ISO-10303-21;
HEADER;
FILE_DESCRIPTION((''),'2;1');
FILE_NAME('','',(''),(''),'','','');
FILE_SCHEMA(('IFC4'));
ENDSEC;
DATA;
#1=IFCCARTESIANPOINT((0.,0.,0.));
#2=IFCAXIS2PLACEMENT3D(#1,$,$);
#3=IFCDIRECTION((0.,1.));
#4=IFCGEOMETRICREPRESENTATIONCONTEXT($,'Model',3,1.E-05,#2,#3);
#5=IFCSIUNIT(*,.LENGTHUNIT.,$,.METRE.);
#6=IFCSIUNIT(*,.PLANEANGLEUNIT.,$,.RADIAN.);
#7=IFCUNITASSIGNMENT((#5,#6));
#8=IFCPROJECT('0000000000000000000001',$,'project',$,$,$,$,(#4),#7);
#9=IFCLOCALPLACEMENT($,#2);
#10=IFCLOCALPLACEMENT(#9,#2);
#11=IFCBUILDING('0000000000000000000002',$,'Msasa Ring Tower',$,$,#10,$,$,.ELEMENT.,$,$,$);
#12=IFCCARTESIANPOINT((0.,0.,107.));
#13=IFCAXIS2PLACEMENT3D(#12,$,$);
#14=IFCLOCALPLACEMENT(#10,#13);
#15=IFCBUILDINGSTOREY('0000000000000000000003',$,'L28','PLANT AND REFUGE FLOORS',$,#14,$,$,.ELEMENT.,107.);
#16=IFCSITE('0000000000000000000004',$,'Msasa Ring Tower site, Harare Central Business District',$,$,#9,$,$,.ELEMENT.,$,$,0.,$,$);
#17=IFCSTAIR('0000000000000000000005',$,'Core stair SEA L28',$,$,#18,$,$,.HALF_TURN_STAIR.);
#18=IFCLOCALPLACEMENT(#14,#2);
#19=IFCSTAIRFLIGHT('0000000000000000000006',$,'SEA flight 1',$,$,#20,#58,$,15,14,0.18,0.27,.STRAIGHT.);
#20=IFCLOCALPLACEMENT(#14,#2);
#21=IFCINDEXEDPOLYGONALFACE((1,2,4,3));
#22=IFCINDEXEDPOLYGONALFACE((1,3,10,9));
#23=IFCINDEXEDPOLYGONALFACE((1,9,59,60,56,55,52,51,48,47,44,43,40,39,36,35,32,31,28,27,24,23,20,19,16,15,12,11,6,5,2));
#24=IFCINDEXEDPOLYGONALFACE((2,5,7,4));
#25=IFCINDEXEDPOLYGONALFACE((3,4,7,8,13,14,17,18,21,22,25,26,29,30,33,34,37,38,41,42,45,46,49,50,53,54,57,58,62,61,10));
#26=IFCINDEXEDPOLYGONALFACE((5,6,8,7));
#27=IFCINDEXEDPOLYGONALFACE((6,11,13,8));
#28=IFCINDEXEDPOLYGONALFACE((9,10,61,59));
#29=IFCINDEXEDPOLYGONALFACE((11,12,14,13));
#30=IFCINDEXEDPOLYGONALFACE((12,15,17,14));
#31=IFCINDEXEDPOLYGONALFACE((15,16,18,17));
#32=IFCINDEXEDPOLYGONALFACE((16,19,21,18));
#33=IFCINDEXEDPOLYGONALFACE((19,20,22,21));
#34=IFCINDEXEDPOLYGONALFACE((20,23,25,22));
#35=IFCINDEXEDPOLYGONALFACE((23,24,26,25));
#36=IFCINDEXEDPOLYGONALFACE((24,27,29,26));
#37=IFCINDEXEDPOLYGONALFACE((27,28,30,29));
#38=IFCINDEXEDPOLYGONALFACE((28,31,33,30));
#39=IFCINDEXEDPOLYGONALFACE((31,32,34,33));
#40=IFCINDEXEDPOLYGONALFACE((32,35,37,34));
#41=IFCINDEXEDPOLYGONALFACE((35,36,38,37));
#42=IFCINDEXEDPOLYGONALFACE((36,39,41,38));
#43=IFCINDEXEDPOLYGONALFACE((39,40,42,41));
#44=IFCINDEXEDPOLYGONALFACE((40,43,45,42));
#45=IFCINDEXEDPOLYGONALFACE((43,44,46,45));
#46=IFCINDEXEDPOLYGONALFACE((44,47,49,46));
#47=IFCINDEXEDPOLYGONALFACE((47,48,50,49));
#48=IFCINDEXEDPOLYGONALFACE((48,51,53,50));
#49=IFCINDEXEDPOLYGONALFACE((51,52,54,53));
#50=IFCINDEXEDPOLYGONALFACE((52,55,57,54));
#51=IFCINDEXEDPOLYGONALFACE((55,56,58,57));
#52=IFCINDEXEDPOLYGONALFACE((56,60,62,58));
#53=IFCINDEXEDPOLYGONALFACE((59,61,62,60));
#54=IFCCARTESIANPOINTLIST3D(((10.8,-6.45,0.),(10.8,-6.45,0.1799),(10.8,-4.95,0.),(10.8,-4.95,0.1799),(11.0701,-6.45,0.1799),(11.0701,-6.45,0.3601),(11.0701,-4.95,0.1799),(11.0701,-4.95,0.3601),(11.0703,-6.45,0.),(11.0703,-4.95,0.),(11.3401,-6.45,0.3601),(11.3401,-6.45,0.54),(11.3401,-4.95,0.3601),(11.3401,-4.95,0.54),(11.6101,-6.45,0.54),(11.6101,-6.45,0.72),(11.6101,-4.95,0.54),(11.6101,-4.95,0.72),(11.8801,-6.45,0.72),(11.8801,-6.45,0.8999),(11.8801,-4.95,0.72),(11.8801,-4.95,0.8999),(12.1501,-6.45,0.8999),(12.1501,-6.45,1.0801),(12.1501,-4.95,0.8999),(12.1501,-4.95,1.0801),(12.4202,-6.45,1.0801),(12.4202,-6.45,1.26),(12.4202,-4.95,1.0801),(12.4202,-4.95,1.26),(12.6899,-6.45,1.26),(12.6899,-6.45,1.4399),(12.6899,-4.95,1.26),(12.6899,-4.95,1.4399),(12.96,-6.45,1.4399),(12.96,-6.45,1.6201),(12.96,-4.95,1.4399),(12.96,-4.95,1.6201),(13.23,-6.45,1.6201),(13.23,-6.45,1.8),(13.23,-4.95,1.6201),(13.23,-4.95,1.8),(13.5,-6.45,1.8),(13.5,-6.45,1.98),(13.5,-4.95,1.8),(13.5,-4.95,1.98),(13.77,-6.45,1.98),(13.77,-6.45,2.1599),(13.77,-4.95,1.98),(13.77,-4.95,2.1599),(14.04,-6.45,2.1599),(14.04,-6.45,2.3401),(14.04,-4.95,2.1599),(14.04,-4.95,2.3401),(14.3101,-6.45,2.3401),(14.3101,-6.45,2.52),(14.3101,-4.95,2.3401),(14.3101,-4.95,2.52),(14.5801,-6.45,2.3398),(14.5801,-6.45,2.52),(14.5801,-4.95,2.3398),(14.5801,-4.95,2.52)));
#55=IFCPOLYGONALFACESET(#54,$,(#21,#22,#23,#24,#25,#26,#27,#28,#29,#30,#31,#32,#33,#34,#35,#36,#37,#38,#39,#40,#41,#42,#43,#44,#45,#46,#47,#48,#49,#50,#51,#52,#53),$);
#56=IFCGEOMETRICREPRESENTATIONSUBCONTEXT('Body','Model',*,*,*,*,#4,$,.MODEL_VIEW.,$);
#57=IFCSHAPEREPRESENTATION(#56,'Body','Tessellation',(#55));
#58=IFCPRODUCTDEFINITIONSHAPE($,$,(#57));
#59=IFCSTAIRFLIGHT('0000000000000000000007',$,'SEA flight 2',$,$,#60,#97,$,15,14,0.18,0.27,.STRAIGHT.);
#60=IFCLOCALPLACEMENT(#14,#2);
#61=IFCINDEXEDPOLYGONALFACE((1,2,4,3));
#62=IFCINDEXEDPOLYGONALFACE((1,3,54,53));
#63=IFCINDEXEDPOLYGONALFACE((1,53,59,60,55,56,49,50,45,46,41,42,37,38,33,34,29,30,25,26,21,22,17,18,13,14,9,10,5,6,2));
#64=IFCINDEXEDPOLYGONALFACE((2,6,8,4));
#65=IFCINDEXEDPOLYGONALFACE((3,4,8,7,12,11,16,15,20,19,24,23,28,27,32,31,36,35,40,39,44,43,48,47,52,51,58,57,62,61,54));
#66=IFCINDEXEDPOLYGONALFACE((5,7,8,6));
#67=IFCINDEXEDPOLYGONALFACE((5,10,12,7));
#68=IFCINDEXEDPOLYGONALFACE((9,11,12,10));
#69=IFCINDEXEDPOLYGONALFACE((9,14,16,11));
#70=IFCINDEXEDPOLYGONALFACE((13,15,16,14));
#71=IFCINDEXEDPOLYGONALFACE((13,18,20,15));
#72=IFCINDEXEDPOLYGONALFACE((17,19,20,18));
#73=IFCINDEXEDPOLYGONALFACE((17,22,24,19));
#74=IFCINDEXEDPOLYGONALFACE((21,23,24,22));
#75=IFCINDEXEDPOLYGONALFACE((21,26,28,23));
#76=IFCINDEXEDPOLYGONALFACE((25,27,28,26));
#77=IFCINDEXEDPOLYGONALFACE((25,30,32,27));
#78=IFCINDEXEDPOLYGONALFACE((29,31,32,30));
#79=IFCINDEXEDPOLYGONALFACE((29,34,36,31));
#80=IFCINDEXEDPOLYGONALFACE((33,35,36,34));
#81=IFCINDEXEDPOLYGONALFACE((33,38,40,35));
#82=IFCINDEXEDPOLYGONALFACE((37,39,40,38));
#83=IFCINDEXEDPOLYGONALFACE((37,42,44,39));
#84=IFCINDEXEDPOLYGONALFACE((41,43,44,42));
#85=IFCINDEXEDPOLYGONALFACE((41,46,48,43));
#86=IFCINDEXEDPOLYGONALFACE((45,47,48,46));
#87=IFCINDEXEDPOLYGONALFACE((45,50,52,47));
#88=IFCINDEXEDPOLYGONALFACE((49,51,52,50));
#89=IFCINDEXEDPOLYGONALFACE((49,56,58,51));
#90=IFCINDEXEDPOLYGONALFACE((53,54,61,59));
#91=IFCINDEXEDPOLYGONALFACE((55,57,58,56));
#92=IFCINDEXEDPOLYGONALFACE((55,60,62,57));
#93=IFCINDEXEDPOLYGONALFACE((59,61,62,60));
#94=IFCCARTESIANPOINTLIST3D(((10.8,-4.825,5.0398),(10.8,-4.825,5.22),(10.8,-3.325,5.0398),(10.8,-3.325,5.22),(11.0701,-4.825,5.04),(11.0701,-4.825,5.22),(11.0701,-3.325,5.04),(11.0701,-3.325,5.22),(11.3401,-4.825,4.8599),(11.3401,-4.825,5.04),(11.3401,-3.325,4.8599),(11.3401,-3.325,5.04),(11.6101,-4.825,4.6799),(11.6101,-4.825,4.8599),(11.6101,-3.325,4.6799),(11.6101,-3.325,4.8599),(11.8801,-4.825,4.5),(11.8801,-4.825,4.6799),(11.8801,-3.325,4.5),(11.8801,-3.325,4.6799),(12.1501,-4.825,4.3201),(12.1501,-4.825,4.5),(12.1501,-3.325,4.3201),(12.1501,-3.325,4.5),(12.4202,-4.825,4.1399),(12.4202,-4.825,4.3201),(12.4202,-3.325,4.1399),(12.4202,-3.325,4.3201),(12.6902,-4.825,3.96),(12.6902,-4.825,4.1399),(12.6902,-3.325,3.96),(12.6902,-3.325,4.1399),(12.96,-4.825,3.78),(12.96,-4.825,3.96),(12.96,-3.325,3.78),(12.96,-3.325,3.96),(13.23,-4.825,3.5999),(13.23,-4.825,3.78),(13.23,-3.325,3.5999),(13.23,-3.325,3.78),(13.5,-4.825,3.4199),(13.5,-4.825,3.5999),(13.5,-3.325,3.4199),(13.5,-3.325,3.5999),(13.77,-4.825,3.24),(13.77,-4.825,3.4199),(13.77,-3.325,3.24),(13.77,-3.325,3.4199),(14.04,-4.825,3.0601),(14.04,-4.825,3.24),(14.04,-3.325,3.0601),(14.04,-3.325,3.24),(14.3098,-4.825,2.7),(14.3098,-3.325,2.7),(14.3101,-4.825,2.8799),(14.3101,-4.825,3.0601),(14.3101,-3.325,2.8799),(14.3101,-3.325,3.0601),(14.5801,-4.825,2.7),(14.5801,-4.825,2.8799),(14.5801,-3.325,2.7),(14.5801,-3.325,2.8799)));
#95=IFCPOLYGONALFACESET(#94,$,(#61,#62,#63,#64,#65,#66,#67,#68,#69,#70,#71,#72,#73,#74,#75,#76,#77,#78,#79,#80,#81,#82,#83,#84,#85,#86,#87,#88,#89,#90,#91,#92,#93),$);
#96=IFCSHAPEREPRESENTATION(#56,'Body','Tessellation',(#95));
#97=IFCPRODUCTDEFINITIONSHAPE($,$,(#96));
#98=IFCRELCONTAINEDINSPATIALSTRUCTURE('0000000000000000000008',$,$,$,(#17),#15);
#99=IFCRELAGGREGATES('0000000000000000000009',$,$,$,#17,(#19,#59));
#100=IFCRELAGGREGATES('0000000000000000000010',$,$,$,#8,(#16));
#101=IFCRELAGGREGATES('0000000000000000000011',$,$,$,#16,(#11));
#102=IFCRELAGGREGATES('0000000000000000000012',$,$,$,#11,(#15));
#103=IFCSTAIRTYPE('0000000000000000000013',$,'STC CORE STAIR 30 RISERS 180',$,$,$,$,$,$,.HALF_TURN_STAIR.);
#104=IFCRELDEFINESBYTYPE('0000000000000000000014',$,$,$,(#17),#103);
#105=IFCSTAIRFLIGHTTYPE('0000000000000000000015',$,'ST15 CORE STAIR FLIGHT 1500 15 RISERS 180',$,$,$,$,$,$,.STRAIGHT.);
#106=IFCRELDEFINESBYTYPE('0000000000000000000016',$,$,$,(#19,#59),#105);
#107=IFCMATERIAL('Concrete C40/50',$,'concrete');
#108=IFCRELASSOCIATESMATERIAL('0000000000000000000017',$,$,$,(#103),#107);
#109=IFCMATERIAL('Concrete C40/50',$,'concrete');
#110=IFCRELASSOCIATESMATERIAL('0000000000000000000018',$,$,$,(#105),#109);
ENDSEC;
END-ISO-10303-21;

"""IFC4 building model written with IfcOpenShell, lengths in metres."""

from ifc_helpers import new_model, si_unit, direction, frame, origin, place, context, subcontext, project, spatial, polyline, outline, extrude, material, type_object, element, aggregate, save


model = new_model("IFC4")

# Units and contexts
model_context = context("Model", 3, precision=1e-05, world=origin(), true_north=direction((0.0, 1.0)))
body_context = subcontext(model_context, "Body", "Model", "MODEL_VIEW")
ifc_project = project(units=[si_unit("LENGTHUNIT", "METRE"), si_unit("PLANEANGLEUNIT", "RADIAN")], contexts=[model_context])

# Site, building, storey
site_placement = place(None, origin())
site = spatial("IfcSite", under=ifc_project, at=site_placement, Name="Msasa Ring Tower site, Harare Central Business District", CompositionType="ELEMENT", RefElevation=0.0)
building_placement = place(site_placement, origin())
building = spatial("IfcBuilding", under=site, at=building_placement, Name="Msasa Ring Tower", CompositionType="ELEMENT")
storey_placement = place(building_placement, frame((0.0, 0.0, 107.0)))
storey = spatial("IfcBuildingStorey", under=building, at=storey_placement, Name="L28", Description="PLANT AND REFUGE FLOORS", CompositionType="ELEMENT", Elevation=107.0)

# Stair
ifc_material_1 = material(Name="Concrete C40/50", Category="concrete")
stair_type = type_object("IfcStairType", Name="STC CORE STAIR 30 RISERS 180", PredefinedType="HALF_TURN_STAIR", material=ifc_material_1)
stair_1_placement = place(storey_placement, origin())
stair_1 = element("IfcStair", 1, at=stair_1_placement, inside=storey, type_object=stair_type, Name="Core stair SEA L28", PredefinedType="HALF_TURN_STAIR")

# Stair flights
ifc_material_2 = material(Name="Concrete C40/50", Category="concrete")
stair_flight_type = type_object("IfcStairFlightType", Name="ST15 CORE STAIR FLIGHT 1500 15 RISERS 180", PredefinedType="STRAIGHT", material=ifc_material_2)
stair_flight_1_placement = place(storey_placement, frame((10.8, -5.7, 0.0), z_axis=(0.0, 0.0, 1.0), x_axis=(1.0, 0.0, 0.0)))
stair_flight_1 = element("IfcStairFlight", 2, at=stair_flight_1_placement, type_object=stair_flight_type, Name="SEA flight 1", NumberOfRisers=15, NumberOfTreads=14, PredefinedType="STRAIGHT", RiserHeight=0.18, TreadLength=0.27, context=body_context, shape_type="SweptSolid", body=[
    extrude(outline(polyline([(0.0, 0.0), (0.0, 0.1799), (0.27, 0.1799), (0.27, 0.3601), (0.54, 0.3601), (0.54, 0.54), (0.8101, 0.54), (0.8101, 0.72), (1.0801, 0.72), (1.0801, 0.8999), (1.3501, 0.8999), (1.3501, 1.0801), (1.6201, 1.0801), (1.6201, 1.26), (1.8899, 1.26), (1.8899, 1.4399), (2.1599, 1.4399), (2.1599, 1.6201), (2.4299, 1.6201), (2.4299, 1.8), (2.7, 1.8), (2.7, 1.98), (2.97, 1.98), (2.97, 2.1599), (3.24, 2.1599), (3.24, 2.3401), (3.51, 2.3401), (3.51, 2.52), (3.78, 2.52), (3.78, 2.7), (3.78, 2.3398), (0.2703, 0.0), (0.0, 0.0)])), frame((0.0, 0.75, 0.0), z_axis=(0.0, -1.0, 0.0), x_axis=(1.0, 0.0, 0.0)), (0.0, 0.0, 1.0), 1.5),
])
stair_flight_2_placement = place(storey_placement, frame((14.5801, -4.075, 2.7), z_axis=(0.0, 0.0, 1.0), x_axis=(-1.0, 0.0, 0.0)))
stair_flight_2 = element("IfcStairFlight", 3, at=stair_flight_2_placement, type_object=stair_flight_type, Name="SEA flight 2", NumberOfRisers=15, NumberOfTreads=14, PredefinedType="STRAIGHT", RiserHeight=0.18, TreadLength=0.27, context=body_context, shape_type="SweptSolid", body=[
    extrude(outline(polyline([(0.0, 0.0), (0.0, 0.1799), (0.27, 0.1799), (0.27, 0.3601), (0.54, 0.3601), (0.54, 0.54), (0.8101, 0.54), (0.8101, 0.72), (1.0801, 0.72), (1.0801, 0.8999), (1.3501, 0.8999), (1.3501, 1.0801), (1.6201, 1.0801), (1.6201, 1.26), (1.8899, 1.26), (1.8899, 1.4399), (2.1599, 1.4399), (2.1599, 1.6201), (2.4299, 1.6201), (2.4299, 1.8), (2.7, 1.8), (2.7, 1.98), (2.97, 1.98), (2.97, 2.1599), (3.24, 2.1599), (3.24, 2.3401), (3.51, 2.3401), (3.51, 2.52), (3.78, 2.52), (3.78, 2.7), (3.78, 2.3398), (0.2703, 0.0), (0.0, 0.0)])), frame((0.0, 0.75, 0.0), z_axis=(0.0, -1.0, 0.0), x_axis=(1.0, 0.0, 0.0)), (0.0, 0.0, 1.0), 1.5),
])
aggregate(stair_1, [stair_flight_1, stair_flight_2])

save(model, "model.ifc")
